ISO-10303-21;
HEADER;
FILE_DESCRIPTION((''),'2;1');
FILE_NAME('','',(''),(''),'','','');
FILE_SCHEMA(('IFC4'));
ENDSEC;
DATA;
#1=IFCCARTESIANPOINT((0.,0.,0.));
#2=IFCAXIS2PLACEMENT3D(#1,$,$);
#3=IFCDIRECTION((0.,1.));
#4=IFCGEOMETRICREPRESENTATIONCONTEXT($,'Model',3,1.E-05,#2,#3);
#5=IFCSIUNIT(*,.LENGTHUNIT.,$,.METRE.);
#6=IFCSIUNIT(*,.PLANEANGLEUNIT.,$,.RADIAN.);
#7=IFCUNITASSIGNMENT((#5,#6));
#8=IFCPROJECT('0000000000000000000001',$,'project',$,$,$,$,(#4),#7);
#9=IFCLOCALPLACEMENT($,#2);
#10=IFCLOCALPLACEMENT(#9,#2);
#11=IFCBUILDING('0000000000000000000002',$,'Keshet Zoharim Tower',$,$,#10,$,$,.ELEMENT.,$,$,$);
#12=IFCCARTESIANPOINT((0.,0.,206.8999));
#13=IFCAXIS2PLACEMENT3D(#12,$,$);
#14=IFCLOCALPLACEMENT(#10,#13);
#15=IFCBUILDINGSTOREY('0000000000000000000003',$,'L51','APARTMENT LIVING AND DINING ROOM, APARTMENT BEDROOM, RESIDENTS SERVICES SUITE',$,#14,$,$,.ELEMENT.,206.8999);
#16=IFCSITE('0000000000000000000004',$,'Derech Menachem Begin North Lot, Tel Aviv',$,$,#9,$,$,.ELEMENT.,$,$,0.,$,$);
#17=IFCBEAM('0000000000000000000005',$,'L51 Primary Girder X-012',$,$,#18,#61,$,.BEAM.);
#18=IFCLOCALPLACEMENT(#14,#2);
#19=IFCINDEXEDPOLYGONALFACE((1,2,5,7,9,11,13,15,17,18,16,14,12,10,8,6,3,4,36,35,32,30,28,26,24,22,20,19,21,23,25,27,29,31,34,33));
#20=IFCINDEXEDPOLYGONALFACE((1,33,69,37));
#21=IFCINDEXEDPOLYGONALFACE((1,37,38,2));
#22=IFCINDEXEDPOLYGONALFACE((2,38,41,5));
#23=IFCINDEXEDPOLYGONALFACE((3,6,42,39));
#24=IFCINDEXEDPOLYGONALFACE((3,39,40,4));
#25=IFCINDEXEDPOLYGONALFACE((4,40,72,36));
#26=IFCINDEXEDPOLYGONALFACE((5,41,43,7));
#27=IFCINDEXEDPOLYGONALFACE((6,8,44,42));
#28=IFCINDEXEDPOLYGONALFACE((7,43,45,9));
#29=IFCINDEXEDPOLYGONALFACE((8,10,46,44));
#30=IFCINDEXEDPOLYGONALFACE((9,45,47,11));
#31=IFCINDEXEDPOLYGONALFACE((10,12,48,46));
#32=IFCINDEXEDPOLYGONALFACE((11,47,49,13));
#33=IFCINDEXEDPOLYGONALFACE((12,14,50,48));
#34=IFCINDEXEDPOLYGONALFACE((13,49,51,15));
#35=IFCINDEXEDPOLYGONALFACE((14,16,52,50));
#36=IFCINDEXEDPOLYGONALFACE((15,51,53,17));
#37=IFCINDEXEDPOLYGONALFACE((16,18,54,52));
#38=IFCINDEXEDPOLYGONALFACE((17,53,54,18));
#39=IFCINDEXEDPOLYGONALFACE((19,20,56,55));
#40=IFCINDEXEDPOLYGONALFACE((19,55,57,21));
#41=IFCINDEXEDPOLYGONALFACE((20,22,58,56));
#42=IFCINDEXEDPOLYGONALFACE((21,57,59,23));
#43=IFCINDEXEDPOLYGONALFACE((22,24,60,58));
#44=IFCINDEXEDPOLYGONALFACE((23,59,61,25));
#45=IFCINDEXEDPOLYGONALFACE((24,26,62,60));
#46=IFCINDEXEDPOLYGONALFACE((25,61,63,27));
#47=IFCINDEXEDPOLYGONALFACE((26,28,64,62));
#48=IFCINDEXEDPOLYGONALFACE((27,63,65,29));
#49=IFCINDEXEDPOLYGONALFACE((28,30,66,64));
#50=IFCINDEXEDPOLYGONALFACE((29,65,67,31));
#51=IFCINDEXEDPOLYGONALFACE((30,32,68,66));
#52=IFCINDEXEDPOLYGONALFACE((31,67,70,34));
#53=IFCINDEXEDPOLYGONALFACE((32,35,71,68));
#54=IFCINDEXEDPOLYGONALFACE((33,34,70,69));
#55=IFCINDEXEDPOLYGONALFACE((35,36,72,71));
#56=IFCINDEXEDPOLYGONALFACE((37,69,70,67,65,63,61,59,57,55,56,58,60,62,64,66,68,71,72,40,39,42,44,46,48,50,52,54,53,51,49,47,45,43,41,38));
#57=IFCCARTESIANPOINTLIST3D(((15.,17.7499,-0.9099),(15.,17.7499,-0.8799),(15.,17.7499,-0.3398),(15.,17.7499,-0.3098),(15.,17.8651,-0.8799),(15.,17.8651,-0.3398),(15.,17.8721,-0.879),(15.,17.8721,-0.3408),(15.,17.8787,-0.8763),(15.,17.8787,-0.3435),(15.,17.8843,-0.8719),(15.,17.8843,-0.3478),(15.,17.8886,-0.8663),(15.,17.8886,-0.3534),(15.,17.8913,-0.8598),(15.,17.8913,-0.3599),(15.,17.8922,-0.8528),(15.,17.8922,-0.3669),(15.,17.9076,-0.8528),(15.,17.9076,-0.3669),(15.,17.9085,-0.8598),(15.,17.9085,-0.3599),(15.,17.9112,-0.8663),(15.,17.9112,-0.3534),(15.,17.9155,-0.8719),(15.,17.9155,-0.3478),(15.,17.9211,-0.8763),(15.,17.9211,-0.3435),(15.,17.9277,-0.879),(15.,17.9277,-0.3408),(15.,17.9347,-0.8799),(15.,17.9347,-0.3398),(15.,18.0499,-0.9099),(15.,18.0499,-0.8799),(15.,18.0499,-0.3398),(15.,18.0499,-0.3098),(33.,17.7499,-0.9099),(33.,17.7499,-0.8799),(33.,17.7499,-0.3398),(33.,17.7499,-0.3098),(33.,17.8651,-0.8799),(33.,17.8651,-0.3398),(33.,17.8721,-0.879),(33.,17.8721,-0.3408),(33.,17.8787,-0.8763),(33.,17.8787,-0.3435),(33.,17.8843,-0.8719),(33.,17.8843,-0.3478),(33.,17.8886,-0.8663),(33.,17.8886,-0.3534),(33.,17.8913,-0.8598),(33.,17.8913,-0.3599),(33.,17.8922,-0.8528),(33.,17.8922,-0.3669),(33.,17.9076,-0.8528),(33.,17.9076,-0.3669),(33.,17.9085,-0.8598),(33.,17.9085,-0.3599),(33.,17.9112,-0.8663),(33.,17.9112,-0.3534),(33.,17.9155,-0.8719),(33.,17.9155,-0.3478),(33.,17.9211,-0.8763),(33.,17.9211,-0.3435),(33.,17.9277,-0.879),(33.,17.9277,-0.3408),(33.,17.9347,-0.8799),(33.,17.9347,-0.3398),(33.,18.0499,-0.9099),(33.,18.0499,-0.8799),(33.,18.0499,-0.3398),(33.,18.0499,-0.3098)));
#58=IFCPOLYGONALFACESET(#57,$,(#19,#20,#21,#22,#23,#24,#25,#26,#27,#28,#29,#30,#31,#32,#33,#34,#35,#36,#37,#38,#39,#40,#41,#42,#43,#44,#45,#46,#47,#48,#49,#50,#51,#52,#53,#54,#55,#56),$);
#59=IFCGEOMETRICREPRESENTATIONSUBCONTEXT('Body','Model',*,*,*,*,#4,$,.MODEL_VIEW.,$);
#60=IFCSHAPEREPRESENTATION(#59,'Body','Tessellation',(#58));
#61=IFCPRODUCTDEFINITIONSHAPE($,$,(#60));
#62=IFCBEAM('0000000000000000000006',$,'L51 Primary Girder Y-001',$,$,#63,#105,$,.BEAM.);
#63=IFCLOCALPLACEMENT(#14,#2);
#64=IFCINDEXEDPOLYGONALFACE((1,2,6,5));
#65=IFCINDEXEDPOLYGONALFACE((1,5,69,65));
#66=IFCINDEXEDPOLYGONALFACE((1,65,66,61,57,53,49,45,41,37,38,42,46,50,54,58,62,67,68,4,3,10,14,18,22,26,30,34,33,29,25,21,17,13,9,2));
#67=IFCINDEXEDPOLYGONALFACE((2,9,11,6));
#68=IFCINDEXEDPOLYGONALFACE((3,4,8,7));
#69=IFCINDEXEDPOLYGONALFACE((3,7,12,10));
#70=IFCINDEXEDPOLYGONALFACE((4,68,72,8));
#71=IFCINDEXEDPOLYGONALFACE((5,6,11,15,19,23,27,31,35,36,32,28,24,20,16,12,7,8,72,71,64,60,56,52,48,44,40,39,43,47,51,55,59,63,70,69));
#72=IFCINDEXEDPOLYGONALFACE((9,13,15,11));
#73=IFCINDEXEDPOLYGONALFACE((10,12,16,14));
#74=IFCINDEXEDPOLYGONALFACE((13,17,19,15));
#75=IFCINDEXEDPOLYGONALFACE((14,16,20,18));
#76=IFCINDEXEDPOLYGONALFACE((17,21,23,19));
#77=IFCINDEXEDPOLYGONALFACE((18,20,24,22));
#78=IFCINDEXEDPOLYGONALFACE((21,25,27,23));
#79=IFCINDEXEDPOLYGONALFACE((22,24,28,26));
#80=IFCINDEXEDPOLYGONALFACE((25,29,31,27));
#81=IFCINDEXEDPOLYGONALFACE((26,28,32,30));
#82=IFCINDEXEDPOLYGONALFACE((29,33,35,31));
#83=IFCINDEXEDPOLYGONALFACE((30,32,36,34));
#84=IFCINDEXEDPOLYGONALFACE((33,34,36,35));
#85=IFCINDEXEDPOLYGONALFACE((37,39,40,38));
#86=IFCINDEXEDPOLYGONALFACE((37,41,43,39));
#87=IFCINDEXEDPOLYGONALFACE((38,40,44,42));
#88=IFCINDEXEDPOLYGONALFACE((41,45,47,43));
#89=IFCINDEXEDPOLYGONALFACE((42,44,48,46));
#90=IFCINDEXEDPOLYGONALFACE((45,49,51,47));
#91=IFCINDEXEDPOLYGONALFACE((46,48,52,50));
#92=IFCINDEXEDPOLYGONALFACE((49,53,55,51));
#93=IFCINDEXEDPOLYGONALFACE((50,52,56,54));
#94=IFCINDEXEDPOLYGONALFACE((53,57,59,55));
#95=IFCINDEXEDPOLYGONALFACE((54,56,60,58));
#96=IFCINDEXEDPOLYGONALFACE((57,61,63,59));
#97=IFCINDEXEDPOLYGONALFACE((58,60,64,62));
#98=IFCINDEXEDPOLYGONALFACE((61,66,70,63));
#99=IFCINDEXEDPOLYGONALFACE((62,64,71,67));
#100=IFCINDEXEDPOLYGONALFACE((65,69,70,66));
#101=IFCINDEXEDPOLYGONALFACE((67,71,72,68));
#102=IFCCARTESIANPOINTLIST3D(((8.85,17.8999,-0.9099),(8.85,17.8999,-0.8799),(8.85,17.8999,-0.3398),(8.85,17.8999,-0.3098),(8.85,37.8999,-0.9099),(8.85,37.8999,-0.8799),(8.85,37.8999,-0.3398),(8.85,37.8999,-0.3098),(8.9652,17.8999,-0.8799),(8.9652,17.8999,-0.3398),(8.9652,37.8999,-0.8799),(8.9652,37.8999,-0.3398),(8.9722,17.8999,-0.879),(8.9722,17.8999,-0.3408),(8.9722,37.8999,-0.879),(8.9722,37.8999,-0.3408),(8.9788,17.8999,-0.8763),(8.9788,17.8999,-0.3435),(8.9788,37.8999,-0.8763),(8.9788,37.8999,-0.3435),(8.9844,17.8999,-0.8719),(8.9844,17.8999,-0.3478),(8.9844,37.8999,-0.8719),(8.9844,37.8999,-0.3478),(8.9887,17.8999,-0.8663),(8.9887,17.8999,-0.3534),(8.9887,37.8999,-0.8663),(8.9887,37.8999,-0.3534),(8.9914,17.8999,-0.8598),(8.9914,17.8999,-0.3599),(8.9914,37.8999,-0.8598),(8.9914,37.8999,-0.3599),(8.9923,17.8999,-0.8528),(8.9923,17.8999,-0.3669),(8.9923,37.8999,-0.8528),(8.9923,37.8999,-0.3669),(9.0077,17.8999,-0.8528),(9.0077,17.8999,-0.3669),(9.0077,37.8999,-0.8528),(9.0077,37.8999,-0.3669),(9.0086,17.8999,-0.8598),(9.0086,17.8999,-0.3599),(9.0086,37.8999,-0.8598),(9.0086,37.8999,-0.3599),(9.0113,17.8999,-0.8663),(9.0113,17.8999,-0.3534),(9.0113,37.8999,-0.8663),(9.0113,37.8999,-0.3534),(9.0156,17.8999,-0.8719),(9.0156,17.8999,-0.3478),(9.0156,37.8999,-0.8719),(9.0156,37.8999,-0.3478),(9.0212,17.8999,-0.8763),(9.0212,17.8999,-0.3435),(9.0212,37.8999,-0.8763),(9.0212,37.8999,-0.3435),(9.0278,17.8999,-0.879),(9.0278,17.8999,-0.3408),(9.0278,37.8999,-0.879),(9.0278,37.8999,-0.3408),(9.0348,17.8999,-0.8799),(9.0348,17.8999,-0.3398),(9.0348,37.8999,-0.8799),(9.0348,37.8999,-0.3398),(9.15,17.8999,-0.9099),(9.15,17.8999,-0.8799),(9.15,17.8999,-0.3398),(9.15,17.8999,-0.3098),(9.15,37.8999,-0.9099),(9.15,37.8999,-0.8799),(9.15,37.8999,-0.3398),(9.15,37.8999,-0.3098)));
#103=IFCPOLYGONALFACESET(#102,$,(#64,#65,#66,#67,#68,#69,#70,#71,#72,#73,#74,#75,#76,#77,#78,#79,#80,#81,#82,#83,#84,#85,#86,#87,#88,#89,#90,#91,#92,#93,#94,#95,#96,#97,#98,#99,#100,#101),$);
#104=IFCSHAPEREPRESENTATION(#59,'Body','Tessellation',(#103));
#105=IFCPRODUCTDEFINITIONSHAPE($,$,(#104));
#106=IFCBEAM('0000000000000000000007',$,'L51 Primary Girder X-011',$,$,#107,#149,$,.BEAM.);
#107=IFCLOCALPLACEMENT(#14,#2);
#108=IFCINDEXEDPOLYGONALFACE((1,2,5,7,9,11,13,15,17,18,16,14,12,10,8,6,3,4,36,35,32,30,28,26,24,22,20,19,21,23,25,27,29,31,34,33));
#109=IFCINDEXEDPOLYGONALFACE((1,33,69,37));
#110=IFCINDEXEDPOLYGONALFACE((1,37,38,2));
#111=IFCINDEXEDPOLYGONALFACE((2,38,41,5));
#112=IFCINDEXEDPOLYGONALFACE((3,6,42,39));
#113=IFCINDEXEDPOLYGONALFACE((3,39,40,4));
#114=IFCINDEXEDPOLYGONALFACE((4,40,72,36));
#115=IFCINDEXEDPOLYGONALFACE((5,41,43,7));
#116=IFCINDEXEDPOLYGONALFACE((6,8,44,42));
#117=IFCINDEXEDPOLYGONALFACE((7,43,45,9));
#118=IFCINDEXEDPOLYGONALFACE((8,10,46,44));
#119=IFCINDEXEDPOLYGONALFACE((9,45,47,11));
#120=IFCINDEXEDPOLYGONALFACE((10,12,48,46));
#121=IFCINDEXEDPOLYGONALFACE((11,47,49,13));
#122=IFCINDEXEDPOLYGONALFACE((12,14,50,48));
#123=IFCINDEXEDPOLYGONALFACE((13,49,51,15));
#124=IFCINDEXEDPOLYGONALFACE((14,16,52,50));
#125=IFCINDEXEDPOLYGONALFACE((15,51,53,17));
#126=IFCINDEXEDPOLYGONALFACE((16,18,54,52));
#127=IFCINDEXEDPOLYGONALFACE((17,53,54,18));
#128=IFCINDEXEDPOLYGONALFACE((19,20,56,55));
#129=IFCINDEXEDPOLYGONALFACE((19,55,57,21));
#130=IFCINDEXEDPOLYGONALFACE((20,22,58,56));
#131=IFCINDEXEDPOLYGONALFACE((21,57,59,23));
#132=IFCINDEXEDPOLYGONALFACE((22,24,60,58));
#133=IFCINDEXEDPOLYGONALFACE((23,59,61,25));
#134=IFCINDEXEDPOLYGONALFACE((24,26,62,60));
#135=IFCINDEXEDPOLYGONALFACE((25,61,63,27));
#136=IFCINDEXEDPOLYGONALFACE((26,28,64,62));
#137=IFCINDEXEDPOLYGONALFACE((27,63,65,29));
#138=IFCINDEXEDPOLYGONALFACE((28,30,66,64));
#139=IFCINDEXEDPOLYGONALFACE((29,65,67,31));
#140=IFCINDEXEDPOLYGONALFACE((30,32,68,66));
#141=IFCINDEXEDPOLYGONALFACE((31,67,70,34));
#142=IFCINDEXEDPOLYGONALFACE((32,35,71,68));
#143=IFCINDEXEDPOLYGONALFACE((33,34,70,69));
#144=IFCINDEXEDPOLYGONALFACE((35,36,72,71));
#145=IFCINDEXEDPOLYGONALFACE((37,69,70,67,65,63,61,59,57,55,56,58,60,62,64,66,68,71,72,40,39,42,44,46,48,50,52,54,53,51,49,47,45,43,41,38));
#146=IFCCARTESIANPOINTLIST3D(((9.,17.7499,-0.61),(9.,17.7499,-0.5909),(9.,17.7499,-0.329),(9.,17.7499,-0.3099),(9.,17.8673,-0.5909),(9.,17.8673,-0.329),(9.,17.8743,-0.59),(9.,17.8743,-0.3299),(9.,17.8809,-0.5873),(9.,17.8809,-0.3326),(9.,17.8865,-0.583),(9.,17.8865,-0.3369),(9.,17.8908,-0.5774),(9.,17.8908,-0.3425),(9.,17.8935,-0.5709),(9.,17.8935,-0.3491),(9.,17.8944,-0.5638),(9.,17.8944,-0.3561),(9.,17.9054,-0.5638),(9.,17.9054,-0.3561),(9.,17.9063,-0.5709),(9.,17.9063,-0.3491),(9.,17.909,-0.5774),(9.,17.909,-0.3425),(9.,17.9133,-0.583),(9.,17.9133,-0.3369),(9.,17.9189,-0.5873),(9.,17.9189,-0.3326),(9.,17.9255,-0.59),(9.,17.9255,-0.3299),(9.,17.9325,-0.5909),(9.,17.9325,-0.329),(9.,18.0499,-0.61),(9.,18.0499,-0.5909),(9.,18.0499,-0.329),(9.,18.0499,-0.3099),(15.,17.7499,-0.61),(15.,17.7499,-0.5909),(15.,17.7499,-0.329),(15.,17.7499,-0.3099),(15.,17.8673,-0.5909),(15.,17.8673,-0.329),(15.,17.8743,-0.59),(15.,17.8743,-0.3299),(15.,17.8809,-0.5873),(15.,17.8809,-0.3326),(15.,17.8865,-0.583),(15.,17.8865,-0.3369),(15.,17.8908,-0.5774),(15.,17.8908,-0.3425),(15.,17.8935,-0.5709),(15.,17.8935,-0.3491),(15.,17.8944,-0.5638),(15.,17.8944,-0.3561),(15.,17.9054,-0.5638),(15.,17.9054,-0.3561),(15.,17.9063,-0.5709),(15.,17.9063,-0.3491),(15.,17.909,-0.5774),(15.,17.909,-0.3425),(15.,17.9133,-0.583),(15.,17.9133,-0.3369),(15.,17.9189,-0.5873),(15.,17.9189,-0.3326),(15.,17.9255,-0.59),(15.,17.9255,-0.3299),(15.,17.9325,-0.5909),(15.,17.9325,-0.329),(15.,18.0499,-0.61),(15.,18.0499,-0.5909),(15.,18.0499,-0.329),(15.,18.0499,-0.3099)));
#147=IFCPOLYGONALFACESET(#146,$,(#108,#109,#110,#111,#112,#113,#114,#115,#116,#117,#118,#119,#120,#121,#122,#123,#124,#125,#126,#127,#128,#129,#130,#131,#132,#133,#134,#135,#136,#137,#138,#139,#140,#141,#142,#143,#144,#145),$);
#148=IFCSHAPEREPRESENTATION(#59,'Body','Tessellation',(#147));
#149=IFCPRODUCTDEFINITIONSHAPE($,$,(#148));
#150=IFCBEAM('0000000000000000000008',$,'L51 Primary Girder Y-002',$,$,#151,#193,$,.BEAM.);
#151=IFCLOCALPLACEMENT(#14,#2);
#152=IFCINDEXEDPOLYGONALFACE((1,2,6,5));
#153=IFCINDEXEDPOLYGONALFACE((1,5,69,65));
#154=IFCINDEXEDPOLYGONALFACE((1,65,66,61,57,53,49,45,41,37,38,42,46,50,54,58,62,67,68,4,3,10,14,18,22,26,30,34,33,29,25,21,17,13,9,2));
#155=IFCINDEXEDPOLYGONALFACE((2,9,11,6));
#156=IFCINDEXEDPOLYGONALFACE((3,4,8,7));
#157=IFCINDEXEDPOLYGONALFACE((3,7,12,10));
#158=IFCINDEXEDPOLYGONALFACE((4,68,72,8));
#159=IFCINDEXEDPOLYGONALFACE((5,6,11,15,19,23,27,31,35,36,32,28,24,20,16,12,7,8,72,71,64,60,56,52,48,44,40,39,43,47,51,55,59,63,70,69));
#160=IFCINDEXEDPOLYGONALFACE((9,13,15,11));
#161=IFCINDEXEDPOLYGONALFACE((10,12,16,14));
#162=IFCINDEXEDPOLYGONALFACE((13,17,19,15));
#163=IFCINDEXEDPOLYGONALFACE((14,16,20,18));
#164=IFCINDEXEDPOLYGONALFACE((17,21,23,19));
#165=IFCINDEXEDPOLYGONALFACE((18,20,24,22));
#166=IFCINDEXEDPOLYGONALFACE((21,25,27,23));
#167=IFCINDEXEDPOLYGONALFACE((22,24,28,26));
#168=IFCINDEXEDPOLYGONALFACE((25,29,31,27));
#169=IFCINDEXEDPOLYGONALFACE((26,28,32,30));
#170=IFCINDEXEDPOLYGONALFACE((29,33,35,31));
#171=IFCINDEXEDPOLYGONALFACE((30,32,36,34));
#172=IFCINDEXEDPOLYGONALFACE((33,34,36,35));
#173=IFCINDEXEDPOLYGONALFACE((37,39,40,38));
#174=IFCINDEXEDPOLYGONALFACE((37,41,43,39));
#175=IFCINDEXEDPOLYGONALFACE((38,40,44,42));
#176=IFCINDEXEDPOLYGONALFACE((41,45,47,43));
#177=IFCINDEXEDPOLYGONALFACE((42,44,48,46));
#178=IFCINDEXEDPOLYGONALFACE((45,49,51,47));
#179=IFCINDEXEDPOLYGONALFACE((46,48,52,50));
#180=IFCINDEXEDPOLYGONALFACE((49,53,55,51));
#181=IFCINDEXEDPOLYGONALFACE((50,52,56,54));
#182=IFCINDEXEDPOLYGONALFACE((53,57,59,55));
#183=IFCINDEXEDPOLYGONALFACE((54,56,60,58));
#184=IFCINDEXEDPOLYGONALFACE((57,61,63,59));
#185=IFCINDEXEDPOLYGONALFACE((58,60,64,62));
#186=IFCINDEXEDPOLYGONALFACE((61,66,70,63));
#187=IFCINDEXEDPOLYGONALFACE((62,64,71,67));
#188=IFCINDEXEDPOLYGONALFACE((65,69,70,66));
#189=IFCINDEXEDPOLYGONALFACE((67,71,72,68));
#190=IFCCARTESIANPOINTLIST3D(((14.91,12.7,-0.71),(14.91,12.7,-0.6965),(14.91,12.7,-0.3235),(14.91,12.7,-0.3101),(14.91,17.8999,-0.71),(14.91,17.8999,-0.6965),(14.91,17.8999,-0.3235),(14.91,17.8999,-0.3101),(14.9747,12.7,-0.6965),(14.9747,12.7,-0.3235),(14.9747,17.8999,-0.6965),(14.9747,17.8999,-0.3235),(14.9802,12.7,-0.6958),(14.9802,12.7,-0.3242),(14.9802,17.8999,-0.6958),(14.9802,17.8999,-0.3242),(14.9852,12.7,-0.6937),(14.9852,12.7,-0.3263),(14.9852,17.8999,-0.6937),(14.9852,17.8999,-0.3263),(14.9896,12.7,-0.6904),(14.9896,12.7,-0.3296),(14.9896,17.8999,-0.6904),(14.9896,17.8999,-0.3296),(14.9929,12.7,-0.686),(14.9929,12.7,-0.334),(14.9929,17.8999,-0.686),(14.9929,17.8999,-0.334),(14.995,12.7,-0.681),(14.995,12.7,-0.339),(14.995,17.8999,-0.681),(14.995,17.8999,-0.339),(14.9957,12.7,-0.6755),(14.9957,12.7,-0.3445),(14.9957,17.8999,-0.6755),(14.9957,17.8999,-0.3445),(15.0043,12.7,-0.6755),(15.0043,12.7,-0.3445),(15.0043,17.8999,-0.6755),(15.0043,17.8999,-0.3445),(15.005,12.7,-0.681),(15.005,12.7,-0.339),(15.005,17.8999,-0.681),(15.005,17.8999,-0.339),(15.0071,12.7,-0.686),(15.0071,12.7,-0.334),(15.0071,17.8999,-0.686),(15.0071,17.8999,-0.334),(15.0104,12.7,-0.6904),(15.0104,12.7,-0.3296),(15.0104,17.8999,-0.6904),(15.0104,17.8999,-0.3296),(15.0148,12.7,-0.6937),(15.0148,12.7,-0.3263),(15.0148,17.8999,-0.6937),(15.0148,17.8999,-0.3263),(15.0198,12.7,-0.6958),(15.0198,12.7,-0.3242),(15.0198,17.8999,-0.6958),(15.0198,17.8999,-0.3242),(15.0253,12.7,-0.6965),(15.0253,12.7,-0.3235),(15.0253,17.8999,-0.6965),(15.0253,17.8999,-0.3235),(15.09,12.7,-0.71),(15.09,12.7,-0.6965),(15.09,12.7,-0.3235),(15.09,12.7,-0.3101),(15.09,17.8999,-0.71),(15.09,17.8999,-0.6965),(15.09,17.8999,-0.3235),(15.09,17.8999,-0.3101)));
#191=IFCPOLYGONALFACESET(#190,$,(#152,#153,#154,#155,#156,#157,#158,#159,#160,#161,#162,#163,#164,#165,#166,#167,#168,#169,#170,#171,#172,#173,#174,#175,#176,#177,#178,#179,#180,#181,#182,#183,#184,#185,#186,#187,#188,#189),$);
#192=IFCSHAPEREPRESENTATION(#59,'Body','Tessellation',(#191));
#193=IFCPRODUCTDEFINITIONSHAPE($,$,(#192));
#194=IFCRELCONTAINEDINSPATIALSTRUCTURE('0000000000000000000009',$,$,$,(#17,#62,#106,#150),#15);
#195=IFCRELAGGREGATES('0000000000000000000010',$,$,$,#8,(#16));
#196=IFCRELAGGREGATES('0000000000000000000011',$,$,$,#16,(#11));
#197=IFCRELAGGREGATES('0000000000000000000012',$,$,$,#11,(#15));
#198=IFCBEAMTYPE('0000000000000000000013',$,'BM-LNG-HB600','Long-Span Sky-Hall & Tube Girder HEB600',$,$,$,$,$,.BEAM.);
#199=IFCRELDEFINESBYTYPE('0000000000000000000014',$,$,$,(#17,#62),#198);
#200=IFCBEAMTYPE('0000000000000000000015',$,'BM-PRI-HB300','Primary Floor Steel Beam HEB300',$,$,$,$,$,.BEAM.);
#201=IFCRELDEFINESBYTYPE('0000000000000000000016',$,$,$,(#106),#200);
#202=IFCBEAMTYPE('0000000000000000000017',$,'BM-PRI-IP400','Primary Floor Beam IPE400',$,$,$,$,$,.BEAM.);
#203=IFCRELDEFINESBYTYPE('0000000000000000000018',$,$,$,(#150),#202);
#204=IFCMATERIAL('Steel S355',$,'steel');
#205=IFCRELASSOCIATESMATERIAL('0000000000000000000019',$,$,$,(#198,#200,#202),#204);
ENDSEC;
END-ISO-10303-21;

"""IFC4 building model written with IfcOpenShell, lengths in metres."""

from ifc_helpers import new_model, si_unit, direction, frame, origin, origin_2d, place, context, subcontext, project, spatial, i_section, extrude, material, material_profile, profile_set, type_object, element, save


model = new_model("IFC4")

# Units and contexts
model_context = context("Model", 3, precision=1e-05, world=origin(), true_north=direction((0.0, 1.0)))
body_context = subcontext(model_context, "Body", "Model", "MODEL_VIEW")
ifc_project = project(units=[si_unit("LENGTHUNIT", "METRE"), si_unit("PLANEANGLEUNIT", "RADIAN")], contexts=[model_context])

# Site, building, storey
site_placement = place(None, origin())
site = spatial("IfcSite", under=ifc_project, at=site_placement, Name="Derech Menachem Begin North Lot, Tel Aviv", CompositionType="ELEMENT", RefElevation=0.0)
building_placement = place(site_placement, origin())
building = spatial("IfcBuilding", under=site, at=building_placement, Name="Keshet Zoharim Tower", CompositionType="ELEMENT")
storey_placement = place(building_placement, frame((0.0, 0.0, 206.8999)))
storey = spatial("IfcBuildingStorey", under=building, at=storey_placement, Name="L51", Description="APARTMENT LIVING AND DINING ROOM, APARTMENT BEDROOM, RESIDENTS SERVICES SUITE", CompositionType="ELEMENT", Elevation=206.8999)

# Shared definitions
ifc_material_1 = material(Name="Steel S355", Category="steel")

# Beams
ifc_material_profile_1 = material_profile(ifc_material_1, i_section(OverallWidth=0.3, OverallDepth=0.6001, WebThickness=0.0154, FlangeThickness=0.03, FilletRadius=0.0271, at=origin_2d()), Name="HEB600")
ifc_profile_set_1 = profile_set([ifc_material_profile_1], Name="Steel S355")
beam_type_1 = type_object("IfcBeamType", Name="BM-LNG-HB600", Description="Long-Span Sky-Hall & Tube Girder HEB600", PredefinedType="BEAM", material=ifc_profile_set_1)
for number, where, z_axis, x_axis, name in (
    (1, (15.0, 17.8999, -0.6099), (1.0, 0.0, 0.0), (0.0, 1.0, 0.0), "L51 Primary Girder X-012"),
):
    element("IfcBeam", number, at=place(storey_placement, frame(where, z_axis=z_axis, x_axis=x_axis)), inside=storey, type_object=beam_type_1, Name=name, PredefinedType="BEAM", context=body_context, shape_type="SweptSolid", body=[
        extrude(i_section(OverallWidth=0.3, OverallDepth=0.6001, WebThickness=0.0154, FlangeThickness=0.03, FilletRadius=0.0271, at=origin_2d()), origin(), (0.0, 0.0, 1.0), 18.0),
    ])
beam_1_placement = place(storey_placement, frame((9.0, 17.8999, -0.6099), z_axis=(0.0, 1.0, 0.0), x_axis=(-1.0, 0.0, 0.0)))
element("IfcBeam", 2, at=beam_1_placement, inside=storey, type_object=beam_type_1, Name="L51 Primary Girder Y-001", PredefinedType="BEAM", context=body_context, shape_type="SweptSolid", body=[
    extrude(i_section(OverallWidth=0.3, OverallDepth=0.6001, WebThickness=0.0154, FlangeThickness=0.03, FilletRadius=0.0271, at=origin_2d()), origin(), (0.0, 0.0, 1.0), 20.0),
])
ifc_material_profile_2 = material_profile(ifc_material_1, i_section(OverallWidth=0.3, OverallDepth=0.3, WebThickness=0.011, FlangeThickness=0.019, FilletRadius=0.0271, at=origin_2d()), Name="HEB300")
ifc_profile_set_2 = profile_set([ifc_material_profile_2], Name="Steel S355")
beam_type_2 = type_object("IfcBeamType", Name="BM-PRI-HB300", Description="Primary Floor Steel Beam HEB300", PredefinedType="BEAM", material=ifc_profile_set_2)
beam_2_placement = place(storey_placement, frame((9.0, 17.8999, -0.46), z_axis=(1.0, 0.0, 0.0), x_axis=(0.0, 1.0, 0.0)))
element("IfcBeam", 3, at=beam_2_placement, inside=storey, type_object=beam_type_2, Name="L51 Primary Girder X-011", PredefinedType="BEAM", context=body_context, shape_type="SweptSolid", body=[
    extrude(i_section(OverallWidth=0.3, OverallDepth=0.3, WebThickness=0.011, FlangeThickness=0.019, FilletRadius=0.0271, at=origin_2d()), origin(), (0.0, 0.0, 1.0), 6.0),
])
ifc_material_profile_3 = material_profile(ifc_material_1, i_section(OverallWidth=0.1799, OverallDepth=0.3999, WebThickness=0.0085, FlangeThickness=0.0134, FilletRadius=0.021, at=origin_2d()), Name="IPE400")
ifc_profile_set_3 = profile_set([ifc_material_profile_3], Name="Steel S355")
beam_type_3 = type_object("IfcBeamType", Name="BM-PRI-IP400", Description="Primary Floor Beam IPE400", PredefinedType="BEAM", material=ifc_profile_set_3)
beam_3_placement = place(storey_placement, frame((15.0, 12.7, -0.51), z_axis=(0.0, 1.0, 0.0), x_axis=(-1.0, 0.0, 0.0)))
element("IfcBeam", 4, at=beam_3_placement, inside=storey, type_object=beam_type_3, Name="L51 Primary Girder Y-002", PredefinedType="BEAM", context=body_context, shape_type="SweptSolid", body=[
    extrude(i_section(OverallWidth=0.1799, OverallDepth=0.3999, WebThickness=0.0085, FlangeThickness=0.0134, FilletRadius=0.021, at=origin_2d()), origin(), (0.0, 0.0, 1.0), 5.2),
])

save(model, "model.ifc")
